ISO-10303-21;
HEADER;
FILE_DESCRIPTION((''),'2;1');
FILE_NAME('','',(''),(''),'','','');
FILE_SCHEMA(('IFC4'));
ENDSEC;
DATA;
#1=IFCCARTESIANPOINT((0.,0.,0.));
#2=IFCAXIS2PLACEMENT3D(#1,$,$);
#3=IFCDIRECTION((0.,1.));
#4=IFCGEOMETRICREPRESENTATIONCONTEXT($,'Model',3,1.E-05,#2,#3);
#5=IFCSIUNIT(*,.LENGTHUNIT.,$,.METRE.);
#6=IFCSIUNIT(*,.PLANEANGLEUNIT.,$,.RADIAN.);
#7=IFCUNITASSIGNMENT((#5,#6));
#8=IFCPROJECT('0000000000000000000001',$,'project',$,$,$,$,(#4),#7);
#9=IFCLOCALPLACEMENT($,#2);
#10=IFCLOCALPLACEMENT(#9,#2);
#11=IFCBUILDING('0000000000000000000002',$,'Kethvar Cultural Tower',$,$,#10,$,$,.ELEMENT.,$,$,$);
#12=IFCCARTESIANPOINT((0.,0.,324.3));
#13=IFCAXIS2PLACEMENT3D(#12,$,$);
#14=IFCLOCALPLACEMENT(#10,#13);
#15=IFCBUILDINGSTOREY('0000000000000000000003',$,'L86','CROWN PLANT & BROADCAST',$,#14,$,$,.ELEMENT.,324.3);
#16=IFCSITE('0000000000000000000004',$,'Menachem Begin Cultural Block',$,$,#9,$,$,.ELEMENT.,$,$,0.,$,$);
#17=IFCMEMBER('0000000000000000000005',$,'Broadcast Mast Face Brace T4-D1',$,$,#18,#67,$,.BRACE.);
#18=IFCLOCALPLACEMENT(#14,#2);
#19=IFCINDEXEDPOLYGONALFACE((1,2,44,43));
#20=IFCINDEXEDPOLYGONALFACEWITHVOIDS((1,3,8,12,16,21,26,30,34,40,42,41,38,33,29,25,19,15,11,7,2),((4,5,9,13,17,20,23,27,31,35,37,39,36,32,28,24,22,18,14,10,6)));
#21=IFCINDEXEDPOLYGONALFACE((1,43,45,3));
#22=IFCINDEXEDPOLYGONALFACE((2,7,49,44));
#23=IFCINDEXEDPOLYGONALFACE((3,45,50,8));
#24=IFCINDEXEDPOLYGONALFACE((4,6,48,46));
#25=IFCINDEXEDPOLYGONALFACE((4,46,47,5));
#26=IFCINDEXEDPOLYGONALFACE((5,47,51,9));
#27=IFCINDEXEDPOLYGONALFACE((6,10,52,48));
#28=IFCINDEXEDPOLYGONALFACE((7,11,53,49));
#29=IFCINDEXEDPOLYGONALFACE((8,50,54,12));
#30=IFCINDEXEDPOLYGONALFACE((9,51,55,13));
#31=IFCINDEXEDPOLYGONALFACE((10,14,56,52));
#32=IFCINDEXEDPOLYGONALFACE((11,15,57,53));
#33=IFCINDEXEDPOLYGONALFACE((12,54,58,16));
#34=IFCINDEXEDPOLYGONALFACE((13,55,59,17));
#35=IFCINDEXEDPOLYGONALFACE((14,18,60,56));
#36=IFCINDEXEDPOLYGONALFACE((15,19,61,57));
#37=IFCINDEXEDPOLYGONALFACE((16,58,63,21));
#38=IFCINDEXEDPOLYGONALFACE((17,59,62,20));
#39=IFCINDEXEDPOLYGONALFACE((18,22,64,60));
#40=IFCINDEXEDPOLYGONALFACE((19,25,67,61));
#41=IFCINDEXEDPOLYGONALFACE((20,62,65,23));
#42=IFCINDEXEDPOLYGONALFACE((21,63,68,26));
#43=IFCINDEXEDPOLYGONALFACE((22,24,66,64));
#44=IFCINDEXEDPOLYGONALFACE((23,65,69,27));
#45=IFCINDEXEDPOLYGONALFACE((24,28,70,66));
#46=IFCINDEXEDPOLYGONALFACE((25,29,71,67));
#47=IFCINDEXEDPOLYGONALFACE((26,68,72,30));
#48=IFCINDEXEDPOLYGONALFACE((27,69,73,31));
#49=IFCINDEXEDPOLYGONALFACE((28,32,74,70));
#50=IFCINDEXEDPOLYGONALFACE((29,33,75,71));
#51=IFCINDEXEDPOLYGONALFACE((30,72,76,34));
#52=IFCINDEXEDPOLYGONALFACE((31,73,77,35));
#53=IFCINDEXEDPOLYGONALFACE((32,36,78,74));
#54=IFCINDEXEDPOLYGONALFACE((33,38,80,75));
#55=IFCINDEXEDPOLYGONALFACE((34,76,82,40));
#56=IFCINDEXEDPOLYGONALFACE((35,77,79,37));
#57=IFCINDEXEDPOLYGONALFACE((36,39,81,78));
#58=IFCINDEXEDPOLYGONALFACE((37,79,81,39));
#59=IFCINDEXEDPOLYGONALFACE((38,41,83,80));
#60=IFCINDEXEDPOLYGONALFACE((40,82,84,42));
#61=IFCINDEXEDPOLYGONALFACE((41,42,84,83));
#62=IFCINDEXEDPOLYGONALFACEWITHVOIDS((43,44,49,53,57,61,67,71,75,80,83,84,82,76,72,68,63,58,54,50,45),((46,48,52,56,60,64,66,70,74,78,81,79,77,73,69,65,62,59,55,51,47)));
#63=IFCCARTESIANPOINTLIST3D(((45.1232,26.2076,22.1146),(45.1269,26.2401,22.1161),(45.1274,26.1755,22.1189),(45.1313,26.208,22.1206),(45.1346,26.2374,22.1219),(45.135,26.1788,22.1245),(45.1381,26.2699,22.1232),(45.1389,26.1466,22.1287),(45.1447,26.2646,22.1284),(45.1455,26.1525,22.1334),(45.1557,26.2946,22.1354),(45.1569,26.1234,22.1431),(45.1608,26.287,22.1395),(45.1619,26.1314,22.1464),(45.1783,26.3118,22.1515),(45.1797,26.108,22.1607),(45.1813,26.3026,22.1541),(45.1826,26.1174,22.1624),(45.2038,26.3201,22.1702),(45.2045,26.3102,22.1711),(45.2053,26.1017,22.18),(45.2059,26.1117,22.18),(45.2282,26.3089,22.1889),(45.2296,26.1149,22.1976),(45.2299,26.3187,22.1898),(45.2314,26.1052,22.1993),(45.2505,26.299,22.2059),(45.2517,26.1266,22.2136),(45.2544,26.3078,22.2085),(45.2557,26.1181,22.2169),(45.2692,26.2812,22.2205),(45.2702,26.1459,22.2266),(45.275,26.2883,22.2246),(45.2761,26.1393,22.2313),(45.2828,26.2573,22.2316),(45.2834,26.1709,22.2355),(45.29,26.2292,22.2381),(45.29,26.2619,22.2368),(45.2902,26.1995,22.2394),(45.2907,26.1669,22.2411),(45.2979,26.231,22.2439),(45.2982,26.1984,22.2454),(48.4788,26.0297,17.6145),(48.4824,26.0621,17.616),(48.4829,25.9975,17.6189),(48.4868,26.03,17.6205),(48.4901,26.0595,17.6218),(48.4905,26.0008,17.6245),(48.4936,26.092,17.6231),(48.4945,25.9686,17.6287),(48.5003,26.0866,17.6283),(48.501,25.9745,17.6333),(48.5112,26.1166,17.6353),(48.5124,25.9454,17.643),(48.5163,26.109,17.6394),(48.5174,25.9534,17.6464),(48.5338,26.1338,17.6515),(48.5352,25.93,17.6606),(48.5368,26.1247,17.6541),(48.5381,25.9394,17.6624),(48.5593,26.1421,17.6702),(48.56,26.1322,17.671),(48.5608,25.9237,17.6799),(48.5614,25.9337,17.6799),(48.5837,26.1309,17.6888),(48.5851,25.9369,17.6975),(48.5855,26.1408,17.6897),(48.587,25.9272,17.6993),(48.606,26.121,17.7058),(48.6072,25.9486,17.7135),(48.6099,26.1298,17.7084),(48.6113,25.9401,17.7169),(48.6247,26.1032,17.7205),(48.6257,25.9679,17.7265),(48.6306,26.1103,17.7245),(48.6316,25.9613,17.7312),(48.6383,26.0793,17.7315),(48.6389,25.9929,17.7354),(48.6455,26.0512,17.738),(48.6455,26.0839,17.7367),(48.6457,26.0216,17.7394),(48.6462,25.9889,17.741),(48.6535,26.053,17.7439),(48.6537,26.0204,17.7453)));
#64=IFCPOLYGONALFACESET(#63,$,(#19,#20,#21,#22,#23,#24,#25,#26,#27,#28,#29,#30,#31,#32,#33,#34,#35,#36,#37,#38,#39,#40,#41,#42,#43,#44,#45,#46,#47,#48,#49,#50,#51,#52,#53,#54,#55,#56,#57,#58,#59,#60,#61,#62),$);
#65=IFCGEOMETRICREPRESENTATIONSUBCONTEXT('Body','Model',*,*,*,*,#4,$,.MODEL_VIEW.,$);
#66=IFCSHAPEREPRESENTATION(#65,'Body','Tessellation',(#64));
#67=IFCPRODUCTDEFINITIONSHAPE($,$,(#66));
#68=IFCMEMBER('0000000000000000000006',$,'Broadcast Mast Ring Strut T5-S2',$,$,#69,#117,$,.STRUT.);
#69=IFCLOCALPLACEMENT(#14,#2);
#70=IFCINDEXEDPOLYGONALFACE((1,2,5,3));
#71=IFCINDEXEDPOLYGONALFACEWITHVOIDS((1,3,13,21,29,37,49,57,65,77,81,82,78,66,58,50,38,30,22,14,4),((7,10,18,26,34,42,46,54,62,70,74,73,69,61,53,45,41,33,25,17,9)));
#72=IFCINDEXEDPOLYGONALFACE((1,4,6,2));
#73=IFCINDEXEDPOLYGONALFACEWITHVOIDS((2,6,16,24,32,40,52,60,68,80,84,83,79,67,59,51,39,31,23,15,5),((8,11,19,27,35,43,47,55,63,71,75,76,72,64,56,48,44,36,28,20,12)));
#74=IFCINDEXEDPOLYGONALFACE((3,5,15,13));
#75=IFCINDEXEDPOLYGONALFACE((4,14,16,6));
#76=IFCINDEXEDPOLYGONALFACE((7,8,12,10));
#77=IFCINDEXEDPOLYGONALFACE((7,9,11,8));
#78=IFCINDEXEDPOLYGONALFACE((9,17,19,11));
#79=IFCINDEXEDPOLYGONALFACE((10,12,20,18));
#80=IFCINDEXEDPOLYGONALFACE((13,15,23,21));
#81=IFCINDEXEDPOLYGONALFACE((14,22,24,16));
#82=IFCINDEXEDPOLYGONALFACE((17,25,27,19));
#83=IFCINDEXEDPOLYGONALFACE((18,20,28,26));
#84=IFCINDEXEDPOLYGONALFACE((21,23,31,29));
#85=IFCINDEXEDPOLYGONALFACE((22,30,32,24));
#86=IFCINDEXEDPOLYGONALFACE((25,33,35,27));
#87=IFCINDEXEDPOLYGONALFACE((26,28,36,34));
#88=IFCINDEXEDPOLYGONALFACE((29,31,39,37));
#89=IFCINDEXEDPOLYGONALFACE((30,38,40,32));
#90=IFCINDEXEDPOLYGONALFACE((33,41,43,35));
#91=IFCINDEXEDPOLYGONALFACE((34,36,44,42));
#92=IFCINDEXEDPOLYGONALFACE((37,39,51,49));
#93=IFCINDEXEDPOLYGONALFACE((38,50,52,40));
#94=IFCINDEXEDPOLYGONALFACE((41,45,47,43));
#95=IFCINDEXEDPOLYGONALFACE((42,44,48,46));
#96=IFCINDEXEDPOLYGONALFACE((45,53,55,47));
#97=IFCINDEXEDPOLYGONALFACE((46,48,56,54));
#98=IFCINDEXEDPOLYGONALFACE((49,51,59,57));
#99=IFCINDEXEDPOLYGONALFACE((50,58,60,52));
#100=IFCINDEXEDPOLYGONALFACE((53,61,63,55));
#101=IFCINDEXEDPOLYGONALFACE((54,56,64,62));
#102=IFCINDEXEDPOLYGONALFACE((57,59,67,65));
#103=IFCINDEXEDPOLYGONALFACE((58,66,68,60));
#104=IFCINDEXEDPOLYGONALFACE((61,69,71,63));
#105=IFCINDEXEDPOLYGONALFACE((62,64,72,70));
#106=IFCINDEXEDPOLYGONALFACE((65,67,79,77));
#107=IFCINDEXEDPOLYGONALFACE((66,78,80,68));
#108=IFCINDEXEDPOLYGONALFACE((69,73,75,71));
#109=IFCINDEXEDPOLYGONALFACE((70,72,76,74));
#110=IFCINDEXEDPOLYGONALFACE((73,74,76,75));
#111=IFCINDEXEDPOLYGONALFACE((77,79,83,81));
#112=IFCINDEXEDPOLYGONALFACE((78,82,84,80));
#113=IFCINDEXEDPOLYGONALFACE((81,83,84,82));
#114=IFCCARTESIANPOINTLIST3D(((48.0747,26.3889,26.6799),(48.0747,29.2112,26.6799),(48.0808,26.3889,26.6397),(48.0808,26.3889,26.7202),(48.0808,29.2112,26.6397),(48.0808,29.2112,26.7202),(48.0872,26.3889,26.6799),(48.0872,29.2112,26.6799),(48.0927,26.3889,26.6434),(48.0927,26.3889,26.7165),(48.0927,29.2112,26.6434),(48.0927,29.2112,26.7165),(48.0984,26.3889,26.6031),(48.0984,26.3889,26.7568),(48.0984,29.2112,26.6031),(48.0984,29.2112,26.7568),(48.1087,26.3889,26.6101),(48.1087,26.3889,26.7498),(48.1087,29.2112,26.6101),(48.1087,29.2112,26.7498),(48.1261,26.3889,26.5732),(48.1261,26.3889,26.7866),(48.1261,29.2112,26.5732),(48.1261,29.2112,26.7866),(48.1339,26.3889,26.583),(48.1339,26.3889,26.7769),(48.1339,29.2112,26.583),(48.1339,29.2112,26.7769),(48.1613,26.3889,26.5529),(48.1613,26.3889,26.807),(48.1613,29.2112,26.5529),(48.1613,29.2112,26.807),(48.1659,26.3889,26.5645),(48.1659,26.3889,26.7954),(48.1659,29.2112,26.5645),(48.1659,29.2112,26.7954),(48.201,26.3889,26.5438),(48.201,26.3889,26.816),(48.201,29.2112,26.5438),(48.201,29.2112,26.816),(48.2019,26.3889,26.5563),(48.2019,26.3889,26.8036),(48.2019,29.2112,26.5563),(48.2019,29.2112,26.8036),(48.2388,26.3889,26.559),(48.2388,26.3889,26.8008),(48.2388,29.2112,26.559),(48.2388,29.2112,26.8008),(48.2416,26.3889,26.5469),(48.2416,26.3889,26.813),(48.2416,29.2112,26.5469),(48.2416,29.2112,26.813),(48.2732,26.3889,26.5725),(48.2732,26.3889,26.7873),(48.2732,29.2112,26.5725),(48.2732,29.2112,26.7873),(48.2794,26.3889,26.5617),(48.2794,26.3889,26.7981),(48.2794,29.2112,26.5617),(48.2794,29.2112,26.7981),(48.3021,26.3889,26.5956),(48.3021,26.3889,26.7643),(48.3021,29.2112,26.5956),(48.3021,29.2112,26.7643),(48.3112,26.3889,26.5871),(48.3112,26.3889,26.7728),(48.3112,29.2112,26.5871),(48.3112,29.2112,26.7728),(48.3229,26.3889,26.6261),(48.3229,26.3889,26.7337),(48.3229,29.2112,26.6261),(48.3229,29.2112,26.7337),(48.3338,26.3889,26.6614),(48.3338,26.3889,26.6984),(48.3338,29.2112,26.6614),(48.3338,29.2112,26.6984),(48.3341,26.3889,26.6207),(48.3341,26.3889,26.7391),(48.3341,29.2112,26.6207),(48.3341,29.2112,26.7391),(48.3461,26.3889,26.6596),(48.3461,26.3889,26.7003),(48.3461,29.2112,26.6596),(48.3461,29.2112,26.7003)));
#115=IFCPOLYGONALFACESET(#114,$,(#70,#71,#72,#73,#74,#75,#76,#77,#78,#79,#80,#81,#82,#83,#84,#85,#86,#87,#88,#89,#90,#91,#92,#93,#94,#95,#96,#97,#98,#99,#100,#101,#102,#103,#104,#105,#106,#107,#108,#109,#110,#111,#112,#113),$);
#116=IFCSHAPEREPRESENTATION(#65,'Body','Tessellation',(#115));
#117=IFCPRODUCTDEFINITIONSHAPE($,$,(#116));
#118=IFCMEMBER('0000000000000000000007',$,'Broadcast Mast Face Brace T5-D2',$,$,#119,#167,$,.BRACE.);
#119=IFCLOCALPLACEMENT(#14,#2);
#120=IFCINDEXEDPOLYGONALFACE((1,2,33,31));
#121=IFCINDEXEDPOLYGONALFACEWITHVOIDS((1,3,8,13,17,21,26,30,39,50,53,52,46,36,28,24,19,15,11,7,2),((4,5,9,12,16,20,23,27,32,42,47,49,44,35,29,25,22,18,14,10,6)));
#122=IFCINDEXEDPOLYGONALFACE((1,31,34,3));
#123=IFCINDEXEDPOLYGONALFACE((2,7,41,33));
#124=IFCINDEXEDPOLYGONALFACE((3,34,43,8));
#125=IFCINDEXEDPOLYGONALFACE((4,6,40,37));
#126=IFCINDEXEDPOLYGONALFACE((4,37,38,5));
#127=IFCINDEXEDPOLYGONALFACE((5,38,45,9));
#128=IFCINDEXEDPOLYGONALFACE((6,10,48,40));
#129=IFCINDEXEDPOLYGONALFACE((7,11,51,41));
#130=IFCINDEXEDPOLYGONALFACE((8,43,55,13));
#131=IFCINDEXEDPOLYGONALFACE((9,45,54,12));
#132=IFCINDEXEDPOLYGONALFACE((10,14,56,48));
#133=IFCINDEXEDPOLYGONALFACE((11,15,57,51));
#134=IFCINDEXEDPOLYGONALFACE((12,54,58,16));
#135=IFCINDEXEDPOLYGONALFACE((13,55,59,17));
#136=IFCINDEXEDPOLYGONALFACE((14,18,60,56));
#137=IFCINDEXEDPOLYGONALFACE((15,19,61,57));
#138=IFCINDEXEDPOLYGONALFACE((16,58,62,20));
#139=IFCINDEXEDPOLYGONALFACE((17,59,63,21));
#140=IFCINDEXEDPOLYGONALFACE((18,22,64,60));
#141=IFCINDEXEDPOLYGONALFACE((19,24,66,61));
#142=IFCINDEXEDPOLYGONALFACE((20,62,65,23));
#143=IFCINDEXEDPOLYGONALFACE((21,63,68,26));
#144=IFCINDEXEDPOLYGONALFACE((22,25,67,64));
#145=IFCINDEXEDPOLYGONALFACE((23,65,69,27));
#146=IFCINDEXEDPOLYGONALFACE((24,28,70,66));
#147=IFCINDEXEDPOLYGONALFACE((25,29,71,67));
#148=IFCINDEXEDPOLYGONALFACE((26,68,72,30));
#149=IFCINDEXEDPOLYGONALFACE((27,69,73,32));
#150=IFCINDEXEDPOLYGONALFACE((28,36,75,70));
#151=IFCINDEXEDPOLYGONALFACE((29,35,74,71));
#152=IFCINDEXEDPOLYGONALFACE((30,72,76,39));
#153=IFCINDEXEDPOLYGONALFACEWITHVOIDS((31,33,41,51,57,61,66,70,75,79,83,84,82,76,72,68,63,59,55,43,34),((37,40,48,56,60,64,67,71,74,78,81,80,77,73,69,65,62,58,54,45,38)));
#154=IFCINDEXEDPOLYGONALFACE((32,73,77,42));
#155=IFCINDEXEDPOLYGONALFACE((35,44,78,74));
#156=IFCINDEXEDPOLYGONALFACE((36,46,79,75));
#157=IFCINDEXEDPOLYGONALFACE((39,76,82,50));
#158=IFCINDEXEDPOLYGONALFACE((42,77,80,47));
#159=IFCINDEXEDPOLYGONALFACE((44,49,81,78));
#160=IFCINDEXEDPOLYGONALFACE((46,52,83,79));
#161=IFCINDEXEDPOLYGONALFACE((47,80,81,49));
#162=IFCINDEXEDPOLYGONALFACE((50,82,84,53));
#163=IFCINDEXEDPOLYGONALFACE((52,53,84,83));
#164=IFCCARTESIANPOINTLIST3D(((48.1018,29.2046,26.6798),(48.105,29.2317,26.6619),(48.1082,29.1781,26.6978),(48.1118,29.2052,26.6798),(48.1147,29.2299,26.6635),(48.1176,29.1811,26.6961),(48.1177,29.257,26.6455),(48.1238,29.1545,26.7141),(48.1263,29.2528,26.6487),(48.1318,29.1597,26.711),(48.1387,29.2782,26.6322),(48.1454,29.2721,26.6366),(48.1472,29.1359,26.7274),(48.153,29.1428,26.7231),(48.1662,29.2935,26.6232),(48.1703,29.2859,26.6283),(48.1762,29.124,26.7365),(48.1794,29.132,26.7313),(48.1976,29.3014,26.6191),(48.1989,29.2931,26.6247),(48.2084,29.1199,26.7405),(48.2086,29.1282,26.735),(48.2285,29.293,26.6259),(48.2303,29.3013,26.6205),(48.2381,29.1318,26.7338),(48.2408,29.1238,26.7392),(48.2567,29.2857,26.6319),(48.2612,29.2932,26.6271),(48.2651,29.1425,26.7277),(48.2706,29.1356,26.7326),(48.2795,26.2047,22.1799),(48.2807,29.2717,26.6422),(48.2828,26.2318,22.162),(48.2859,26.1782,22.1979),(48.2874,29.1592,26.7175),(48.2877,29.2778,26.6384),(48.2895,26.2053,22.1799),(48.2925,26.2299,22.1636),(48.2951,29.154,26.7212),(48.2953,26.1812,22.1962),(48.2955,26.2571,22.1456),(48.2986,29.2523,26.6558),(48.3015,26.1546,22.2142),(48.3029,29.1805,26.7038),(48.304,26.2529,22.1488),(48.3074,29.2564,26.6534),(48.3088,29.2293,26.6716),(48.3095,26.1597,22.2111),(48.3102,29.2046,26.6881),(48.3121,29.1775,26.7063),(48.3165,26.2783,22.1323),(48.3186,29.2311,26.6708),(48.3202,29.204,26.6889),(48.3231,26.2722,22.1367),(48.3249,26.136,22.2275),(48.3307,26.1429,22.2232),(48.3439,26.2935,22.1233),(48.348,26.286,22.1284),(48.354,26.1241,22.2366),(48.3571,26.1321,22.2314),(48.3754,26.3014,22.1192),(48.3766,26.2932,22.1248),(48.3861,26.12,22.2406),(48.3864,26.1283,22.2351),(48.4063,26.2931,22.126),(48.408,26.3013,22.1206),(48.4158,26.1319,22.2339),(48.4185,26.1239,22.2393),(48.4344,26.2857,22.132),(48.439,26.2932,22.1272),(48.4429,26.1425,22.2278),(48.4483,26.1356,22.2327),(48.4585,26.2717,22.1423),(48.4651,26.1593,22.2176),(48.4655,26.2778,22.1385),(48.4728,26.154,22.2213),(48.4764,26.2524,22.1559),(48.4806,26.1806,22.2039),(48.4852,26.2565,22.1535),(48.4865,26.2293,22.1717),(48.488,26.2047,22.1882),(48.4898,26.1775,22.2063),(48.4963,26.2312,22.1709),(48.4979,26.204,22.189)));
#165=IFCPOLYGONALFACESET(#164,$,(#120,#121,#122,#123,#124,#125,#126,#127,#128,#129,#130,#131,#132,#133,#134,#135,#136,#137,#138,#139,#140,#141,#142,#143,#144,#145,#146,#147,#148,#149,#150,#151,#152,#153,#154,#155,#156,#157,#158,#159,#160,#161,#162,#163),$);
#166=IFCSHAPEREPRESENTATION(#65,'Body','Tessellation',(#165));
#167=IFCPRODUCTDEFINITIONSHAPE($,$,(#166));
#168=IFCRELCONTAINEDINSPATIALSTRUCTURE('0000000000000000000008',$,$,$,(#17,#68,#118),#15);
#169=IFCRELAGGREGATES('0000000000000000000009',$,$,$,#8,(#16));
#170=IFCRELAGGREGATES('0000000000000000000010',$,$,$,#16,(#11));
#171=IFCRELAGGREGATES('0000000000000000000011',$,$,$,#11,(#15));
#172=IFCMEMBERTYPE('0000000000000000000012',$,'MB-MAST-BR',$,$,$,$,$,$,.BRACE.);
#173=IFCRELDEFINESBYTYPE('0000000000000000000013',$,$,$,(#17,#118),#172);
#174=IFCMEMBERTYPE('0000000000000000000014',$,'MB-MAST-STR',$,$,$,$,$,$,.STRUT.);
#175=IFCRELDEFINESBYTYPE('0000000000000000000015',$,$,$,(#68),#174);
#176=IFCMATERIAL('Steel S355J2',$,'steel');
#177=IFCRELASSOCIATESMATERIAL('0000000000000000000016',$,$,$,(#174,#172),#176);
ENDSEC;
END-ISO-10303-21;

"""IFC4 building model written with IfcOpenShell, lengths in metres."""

from ifc_helpers import new_model, si_unit, direction, frame, origin, origin_2d, place, context, subcontext, project, spatial, hollow_circle, extrude, source, transform, mapped, material, material_profile, profile_set, type_object, element, save


model = new_model("IFC4")

# Units and contexts
model_context = context("Model", 3, precision=1e-05, world=origin(), true_north=direction((0.0, 1.0)))
body_context = subcontext(model_context, "Body", "Model", "MODEL_VIEW")
ifc_project = project(units=[si_unit("LENGTHUNIT", "METRE"), si_unit("PLANEANGLEUNIT", "RADIAN")], contexts=[model_context])

# Site, building, storey
site_placement = place(None, origin())
site = spatial("IfcSite", under=ifc_project, at=site_placement, Name="Menachem Begin Cultural Block", CompositionType="ELEMENT", RefElevation=0.0)
building_placement = place(site_placement, origin())
building = spatial("IfcBuilding", under=site, at=building_placement, Name="Kethvar Cultural Tower", CompositionType="ELEMENT")
storey_placement = place(building_placement, frame((0.0, 0.0, 324.3)))
storey = spatial("IfcBuildingStorey", under=building, at=storey_placement, Name="L86", Description="CROWN PLANT & BROADCAST", CompositionType="ELEMENT", Elevation=324.3)

# Shared definitions
ifc_material_1 = material(Name="Steel S355J2", Category="steel")

# Members
ifc_material_profile_1 = material_profile(ifc_material_1, hollow_circle(Radius=0.1365, WallThickness=0.0125, at=origin_2d()), Name="Steel S355J2 — CHS273x12.5")
ifc_profile_set_1 = profile_set([ifc_material_profile_1], Name="Steel S355J2 — CHS273x12.5")
member_type_1 = type_object("IfcMemberType", Name="MB-MAST-STR", PredefinedType="STRUT", material=ifc_profile_set_1)
ifc_material_profile_2 = material_profile(ifc_material_1, hollow_circle(Radius=0.1096, WallThickness=0.01, at=origin_2d()), Name="Steel S355J2 — CHS219x10")
ifc_profile_set_2 = profile_set([ifc_material_profile_2], Name="Steel S355J2 — CHS219x10")
member_type_2 = type_object("IfcMemberType", Name="MB-MAST-BR", PredefinedType="BRACE", material=ifc_profile_set_2)
shared_shape_1 = source(origin(), body_context, "Body", "SweptSolid", [
    extrude(hollow_circle(Radius=0.1096, WallThickness=0.01, at=origin_2d()), origin(), (0.0, 0.0, 1.0), 5.6162),
])
member_1_placement = place(storey_placement, frame((48.5667, 26.0332, 17.6799), z_axis=(-0.597471, 0.031691, 0.801264), x_axis=(-0.052967, -0.998596, 0.0)))
element("IfcMember", 1, at=member_1_placement, inside=storey, type_object=member_type_2, Name="Broadcast Mast Face Brace T4-D1", PredefinedType="BRACE", context=body_context, shape_type="MappedRepresentation", body=[
    mapped(shared_shape_1, transform((0.0, 0.0, 0.0), scale=1.0)),
])
shared_shape_2 = source(origin(), body_context, "Body", "SweptSolid", [
    extrude(hollow_circle(Radius=0.1365, WallThickness=0.0125, at=origin_2d()), origin(), (0.0, 0.0, 1.0), 2.8223),
])
member_2_placement = place(storey_placement, frame((48.2112, 26.3889, 26.6799), z_axis=(0.0, 1.0, 0.0), x_axis=(-1.0, 0.0, 0.0)))
element("IfcMember", 2, at=member_2_placement, inside=storey, type_object=member_type_1, Name="Broadcast Mast Ring Strut T5-S2", PredefinedType="STRUT", context=body_context, shape_type="MappedRepresentation", body=[
    mapped(shared_shape_2, transform((0.0, 0.0, 0.0), scale=1.0)),
])
shared_shape_3 = source(origin(), body_context, "Body", "SweptSolid", [
    extrude(hollow_circle(Radius=0.1096, WallThickness=0.01, at=origin_2d()), origin(), (0.0, 0.0, 1.0), 5.4111),
])
member_3_placement = place(storey_placement, frame((48.3889, 26.2112, 22.1799), z_axis=(-0.032845, 0.554401, 0.831601), x_axis=(-0.99825, -0.059141, 0.0)))
element("IfcMember", 3, at=member_3_placement, inside=storey, type_object=member_type_2, Name="Broadcast Mast Face Brace T5-D2", PredefinedType="BRACE", context=body_context, shape_type="MappedRepresentation", body=[
    mapped(shared_shape_3, transform((0.0, 0.0, 0.0), scale=1.0)),
])

save(model, "model.ifc")
